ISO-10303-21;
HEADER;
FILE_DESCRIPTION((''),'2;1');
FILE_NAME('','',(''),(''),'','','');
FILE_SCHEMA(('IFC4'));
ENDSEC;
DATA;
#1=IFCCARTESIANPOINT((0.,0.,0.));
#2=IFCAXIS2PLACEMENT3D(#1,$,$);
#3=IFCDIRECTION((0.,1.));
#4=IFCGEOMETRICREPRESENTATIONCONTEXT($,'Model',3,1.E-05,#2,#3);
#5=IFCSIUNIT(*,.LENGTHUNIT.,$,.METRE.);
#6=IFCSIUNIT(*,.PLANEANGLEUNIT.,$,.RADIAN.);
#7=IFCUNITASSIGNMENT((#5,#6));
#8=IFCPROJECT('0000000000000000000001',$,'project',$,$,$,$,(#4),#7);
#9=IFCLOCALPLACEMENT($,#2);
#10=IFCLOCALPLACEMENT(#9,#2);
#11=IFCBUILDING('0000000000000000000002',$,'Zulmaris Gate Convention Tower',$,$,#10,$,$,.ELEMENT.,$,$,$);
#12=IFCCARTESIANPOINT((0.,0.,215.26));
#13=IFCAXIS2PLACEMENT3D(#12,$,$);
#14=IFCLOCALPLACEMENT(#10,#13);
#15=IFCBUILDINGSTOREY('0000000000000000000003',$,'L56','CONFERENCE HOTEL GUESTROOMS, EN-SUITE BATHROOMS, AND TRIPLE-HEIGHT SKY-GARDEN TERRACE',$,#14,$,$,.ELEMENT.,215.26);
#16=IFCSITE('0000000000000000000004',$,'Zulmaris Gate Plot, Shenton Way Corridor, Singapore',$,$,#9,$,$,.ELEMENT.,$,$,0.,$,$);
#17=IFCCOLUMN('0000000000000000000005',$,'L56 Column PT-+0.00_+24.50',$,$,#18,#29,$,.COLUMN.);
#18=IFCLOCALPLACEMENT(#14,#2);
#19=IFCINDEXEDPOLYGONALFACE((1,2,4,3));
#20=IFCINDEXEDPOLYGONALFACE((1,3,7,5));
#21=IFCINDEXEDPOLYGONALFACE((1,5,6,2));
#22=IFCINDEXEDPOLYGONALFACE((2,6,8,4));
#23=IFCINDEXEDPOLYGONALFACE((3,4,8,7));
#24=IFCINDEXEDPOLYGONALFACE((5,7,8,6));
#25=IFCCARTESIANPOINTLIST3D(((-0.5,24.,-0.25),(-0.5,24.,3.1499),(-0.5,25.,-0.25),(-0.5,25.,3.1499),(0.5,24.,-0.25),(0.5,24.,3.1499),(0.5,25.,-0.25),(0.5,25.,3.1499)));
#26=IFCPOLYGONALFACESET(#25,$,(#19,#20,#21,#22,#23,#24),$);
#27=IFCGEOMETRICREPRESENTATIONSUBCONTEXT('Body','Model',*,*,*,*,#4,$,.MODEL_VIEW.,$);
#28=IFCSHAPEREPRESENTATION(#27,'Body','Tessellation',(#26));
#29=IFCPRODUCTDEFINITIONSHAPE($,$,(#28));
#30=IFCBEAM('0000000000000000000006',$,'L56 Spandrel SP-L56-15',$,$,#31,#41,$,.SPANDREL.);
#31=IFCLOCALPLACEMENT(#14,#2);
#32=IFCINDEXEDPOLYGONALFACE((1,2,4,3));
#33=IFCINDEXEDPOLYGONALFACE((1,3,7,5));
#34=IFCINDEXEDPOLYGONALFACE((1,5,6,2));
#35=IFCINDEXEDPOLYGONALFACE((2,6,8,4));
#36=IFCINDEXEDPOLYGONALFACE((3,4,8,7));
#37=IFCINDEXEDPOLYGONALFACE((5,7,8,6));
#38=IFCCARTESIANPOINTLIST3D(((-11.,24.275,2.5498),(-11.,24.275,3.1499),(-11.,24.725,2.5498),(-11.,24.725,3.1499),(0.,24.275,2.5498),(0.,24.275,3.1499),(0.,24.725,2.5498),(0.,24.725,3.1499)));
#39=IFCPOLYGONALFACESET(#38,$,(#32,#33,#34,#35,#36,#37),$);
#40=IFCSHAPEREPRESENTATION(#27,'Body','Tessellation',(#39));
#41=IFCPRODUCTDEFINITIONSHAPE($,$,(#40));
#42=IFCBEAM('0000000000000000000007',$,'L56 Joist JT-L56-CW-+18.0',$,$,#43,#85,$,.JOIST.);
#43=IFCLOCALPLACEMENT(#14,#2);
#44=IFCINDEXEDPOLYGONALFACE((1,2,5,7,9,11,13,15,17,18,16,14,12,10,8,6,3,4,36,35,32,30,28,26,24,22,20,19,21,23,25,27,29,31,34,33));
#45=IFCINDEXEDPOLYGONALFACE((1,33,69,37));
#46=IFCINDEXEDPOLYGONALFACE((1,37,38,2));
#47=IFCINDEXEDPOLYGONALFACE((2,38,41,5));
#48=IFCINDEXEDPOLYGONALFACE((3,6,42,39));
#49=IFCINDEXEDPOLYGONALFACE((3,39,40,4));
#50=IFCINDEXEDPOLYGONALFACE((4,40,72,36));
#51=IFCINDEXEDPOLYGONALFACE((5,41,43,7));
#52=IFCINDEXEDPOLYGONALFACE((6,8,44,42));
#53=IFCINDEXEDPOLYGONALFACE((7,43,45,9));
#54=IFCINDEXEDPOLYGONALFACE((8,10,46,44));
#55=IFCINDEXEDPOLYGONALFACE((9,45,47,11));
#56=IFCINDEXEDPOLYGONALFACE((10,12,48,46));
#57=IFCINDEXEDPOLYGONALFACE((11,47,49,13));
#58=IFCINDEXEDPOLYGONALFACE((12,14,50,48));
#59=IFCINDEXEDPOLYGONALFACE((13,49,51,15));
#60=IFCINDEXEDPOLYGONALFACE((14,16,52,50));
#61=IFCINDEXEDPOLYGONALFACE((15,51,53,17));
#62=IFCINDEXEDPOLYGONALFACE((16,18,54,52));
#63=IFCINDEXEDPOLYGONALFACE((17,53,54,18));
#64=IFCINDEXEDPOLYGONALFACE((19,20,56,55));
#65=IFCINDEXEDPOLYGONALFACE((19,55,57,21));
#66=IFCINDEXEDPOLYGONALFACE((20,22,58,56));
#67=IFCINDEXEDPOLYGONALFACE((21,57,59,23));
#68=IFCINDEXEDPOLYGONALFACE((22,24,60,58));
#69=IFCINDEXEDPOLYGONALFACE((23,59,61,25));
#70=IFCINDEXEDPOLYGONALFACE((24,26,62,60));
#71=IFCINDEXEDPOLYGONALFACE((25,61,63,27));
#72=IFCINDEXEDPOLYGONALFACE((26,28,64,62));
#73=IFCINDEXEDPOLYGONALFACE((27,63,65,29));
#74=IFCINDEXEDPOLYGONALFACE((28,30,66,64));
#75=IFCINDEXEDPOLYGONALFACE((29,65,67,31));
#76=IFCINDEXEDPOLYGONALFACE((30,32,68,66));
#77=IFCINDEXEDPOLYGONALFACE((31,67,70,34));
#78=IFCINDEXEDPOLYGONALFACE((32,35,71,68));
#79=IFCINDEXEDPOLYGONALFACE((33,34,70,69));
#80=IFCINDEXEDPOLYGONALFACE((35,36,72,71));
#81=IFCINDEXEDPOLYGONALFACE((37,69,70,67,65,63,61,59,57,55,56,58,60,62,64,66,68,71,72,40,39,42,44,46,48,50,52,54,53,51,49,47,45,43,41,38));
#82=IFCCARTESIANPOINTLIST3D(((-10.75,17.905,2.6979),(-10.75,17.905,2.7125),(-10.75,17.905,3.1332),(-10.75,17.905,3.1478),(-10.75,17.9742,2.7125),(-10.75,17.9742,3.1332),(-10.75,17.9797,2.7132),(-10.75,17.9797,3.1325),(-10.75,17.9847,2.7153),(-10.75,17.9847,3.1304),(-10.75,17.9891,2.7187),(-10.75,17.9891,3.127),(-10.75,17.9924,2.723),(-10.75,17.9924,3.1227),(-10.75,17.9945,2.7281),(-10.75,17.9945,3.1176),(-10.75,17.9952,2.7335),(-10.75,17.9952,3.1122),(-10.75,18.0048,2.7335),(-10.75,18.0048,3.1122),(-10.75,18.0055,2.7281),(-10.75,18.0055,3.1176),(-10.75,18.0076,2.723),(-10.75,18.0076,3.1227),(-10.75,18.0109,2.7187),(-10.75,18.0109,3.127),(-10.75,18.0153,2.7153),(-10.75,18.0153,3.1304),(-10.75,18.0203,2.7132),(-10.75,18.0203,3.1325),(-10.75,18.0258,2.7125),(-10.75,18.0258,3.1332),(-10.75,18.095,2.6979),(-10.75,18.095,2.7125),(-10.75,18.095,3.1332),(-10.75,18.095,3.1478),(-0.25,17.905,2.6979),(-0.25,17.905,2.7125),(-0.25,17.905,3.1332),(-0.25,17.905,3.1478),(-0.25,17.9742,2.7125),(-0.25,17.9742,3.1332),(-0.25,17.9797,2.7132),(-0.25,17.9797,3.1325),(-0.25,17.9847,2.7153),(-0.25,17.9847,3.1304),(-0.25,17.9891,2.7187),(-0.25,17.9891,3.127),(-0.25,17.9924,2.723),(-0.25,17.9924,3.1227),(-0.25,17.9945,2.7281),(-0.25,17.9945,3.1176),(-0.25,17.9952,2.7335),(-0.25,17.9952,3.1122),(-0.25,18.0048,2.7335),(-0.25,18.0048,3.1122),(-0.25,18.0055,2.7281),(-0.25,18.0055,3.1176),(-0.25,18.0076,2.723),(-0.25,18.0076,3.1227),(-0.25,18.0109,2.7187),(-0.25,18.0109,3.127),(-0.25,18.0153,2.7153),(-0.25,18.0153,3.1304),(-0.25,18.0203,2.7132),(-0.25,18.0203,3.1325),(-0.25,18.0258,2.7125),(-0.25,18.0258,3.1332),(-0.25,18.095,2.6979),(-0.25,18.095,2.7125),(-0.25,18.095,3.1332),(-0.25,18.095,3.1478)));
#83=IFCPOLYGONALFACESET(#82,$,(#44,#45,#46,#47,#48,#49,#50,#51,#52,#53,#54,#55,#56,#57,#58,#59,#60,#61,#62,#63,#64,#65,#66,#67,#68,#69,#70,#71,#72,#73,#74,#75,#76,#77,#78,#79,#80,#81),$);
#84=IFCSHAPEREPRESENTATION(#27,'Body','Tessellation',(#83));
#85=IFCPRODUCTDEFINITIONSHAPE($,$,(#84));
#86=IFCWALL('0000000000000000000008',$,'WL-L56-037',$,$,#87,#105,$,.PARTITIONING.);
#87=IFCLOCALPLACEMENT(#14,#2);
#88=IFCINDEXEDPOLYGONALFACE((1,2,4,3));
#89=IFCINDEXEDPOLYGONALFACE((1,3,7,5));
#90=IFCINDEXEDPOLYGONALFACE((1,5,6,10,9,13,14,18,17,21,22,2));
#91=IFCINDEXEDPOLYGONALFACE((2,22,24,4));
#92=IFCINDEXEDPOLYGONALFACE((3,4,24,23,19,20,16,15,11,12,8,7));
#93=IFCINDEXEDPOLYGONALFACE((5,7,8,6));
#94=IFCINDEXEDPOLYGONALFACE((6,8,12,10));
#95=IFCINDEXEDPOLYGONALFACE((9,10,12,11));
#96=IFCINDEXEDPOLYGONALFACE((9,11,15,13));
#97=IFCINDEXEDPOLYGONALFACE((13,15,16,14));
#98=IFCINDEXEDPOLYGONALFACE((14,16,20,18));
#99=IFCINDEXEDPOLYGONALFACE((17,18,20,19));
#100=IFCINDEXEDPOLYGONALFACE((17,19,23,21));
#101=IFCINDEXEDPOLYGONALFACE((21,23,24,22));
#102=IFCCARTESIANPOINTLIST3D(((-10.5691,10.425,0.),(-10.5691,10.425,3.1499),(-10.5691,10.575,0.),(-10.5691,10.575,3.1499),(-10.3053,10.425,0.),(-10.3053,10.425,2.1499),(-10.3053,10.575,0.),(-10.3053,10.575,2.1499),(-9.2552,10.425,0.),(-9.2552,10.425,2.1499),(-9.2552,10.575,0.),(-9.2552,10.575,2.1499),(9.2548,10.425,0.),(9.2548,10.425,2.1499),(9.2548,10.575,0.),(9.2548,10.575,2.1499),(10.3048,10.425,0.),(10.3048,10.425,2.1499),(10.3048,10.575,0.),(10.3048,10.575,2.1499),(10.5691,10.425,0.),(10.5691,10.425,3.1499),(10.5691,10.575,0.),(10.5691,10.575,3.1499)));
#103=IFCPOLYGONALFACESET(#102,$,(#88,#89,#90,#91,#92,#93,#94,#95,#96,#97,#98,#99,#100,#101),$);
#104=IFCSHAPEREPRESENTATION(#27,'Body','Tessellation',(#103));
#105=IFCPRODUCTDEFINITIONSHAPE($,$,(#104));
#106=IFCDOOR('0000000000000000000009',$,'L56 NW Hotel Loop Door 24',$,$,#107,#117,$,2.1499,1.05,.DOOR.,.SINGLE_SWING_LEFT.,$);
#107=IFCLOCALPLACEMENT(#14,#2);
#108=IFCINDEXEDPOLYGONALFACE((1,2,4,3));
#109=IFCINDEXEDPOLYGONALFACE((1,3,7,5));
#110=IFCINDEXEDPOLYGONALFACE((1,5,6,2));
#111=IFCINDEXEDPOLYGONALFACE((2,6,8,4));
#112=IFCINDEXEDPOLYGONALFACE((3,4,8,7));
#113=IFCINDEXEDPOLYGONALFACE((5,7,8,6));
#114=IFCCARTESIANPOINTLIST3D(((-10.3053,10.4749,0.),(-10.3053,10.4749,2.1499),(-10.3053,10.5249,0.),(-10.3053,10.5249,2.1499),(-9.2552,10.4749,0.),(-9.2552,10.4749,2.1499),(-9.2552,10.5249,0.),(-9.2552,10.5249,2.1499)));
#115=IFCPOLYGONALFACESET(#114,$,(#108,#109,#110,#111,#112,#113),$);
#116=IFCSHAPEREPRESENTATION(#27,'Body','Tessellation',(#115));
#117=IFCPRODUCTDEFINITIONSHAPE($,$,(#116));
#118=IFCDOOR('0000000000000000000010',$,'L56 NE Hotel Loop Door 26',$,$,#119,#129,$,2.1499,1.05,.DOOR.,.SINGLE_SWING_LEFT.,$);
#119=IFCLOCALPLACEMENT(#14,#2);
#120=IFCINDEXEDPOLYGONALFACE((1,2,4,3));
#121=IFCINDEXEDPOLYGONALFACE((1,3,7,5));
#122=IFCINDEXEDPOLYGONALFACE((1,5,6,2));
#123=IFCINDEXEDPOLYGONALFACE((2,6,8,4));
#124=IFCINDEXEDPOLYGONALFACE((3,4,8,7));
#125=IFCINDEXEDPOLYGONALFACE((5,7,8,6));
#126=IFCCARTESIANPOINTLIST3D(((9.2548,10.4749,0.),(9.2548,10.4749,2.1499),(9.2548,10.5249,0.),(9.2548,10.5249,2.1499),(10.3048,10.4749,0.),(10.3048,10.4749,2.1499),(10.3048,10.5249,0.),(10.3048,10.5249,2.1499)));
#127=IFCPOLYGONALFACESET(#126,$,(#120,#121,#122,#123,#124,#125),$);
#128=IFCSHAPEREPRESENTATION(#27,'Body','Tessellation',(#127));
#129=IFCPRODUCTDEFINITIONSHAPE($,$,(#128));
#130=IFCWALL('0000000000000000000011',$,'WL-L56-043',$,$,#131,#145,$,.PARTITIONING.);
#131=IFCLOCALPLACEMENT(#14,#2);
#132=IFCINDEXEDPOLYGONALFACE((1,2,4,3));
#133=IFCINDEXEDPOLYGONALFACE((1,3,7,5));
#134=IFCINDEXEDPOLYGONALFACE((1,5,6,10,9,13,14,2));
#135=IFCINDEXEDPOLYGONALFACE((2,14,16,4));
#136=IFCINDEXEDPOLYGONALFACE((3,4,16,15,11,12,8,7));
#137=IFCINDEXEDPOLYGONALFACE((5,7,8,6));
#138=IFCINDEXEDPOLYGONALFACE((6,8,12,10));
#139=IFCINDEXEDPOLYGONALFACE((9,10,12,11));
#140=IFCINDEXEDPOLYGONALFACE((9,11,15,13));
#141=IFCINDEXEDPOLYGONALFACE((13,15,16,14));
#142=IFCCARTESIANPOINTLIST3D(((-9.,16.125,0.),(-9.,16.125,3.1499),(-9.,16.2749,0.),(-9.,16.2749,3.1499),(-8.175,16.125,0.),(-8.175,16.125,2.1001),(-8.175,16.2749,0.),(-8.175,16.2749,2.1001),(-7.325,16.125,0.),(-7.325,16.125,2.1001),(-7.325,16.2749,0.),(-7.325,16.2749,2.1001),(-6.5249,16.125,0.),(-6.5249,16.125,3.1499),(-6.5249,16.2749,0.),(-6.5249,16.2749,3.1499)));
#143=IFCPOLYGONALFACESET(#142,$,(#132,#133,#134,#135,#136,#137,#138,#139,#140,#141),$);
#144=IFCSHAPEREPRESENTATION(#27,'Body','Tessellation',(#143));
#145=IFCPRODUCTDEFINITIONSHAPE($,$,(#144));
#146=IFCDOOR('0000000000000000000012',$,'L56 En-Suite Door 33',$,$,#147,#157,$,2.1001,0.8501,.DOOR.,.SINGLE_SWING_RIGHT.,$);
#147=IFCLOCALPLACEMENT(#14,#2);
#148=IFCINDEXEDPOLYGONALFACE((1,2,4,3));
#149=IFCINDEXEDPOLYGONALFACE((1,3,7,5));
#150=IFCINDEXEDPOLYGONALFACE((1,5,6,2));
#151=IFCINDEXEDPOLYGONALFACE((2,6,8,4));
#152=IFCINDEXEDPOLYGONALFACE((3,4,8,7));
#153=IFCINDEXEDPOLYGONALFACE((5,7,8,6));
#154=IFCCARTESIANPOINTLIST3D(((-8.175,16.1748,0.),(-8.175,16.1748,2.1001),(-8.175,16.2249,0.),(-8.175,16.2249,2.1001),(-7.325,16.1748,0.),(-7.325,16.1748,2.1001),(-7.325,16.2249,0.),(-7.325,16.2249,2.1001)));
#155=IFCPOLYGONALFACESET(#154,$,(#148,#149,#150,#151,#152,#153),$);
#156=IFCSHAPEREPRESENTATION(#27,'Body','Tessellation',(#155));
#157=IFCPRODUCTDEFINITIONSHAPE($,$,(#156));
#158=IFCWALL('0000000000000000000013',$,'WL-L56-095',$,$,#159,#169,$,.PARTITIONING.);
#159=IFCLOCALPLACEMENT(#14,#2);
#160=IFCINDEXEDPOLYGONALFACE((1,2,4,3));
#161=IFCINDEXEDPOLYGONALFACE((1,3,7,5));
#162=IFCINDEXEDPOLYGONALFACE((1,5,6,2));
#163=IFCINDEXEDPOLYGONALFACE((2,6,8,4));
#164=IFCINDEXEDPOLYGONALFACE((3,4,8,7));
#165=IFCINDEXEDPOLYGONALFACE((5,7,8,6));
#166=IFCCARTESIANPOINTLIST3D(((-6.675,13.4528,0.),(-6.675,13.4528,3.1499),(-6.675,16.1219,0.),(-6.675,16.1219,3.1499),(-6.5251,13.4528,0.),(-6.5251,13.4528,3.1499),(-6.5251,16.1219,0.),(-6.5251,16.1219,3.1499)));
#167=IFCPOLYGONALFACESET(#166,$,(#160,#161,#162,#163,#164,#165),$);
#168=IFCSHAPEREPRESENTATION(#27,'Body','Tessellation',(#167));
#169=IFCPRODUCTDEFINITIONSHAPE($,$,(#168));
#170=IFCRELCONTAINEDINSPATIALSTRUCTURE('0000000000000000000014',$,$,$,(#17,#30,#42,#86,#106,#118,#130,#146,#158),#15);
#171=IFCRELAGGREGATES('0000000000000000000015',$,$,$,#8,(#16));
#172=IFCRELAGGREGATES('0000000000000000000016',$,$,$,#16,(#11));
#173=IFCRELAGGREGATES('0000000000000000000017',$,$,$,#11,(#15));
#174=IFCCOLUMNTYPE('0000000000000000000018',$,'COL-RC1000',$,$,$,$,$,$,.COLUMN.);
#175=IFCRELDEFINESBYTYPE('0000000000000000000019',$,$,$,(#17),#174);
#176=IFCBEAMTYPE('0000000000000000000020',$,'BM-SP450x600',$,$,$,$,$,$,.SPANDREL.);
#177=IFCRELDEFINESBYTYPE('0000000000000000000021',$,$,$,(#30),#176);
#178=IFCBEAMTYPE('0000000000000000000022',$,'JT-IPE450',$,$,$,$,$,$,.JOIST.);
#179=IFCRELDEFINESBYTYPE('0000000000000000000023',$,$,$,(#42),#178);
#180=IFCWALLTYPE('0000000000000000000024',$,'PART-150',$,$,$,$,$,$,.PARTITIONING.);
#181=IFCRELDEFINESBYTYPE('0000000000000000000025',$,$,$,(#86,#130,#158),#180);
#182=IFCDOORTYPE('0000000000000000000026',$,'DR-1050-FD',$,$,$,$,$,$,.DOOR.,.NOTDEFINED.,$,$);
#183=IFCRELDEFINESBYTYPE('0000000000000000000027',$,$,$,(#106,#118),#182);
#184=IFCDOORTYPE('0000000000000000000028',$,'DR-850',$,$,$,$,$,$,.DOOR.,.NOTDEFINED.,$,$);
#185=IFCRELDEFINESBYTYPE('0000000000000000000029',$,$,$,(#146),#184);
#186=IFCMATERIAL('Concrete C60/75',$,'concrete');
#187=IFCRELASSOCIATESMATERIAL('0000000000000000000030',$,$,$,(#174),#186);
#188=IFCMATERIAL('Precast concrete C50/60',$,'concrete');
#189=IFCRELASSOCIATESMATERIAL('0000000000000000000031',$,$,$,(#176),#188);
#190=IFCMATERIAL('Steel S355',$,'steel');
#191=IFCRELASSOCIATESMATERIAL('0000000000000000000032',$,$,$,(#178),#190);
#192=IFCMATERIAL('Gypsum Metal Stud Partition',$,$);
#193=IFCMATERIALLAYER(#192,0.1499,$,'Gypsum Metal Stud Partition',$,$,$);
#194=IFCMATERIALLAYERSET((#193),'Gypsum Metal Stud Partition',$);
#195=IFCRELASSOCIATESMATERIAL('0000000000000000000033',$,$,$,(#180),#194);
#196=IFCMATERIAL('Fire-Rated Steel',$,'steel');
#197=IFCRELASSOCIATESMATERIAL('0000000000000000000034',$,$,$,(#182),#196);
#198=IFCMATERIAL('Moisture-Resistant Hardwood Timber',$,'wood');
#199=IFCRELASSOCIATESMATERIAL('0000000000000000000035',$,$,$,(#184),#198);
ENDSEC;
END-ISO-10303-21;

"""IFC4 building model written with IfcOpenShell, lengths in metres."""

from ifc_helpers import new_model, si_unit, direction, frame, frame_2d, origin, origin_2d, place, context, subcontext, project, spatial, rectangle, i_section, extrude, material, layer, layer_set, material_profile, profile_set, type_object, element, fill, save


model = new_model("IFC4")

# Units and contexts
model_context = context("Model", 3, precision=1e-05, world=origin(), true_north=direction((0.0, 1.0)))
body_context = subcontext(model_context, "Body", "Model", "MODEL_VIEW")
ifc_project = project(units=[si_unit("LENGTHUNIT", "METRE"), si_unit("PLANEANGLEUNIT", "RADIAN")], contexts=[model_context])

# Site, building, storey
site_placement = place(None, origin())
site = spatial("IfcSite", under=ifc_project, at=site_placement, Name="Zulmaris Gate Plot, Shenton Way Corridor, Singapore", CompositionType="ELEMENT", RefElevation=0.0)
building_placement = place(site_placement, origin())
building = spatial("IfcBuilding", under=site, at=building_placement, Name="Zulmaris Gate Convention Tower", CompositionType="ELEMENT")
storey_placement = place(building_placement, frame((0.0, 0.0, 215.26)))
storey = spatial("IfcBuildingStorey", under=building, at=storey_placement, Name="L56", Description="CONFERENCE HOTEL GUESTROOMS, EN-SUITE BATHROOMS, AND TRIPLE-HEIGHT SKY-GARDEN TERRACE", CompositionType="ELEMENT", Elevation=215.26)

# Column
ifc_material_1 = material(Name="Concrete C60/75", Category="concrete")
ifc_material_profile_1 = material_profile(ifc_material_1, rectangle(XDim=1.0, YDim=1.0, at=origin_2d()), Name="RC COL 1000x1000")
ifc_profile_set_1 = profile_set([ifc_material_profile_1], Name="Concrete C60/75")
column_type = type_object("IfcColumnType", Name="COL-RC1000", PredefinedType="COLUMN", material=ifc_profile_set_1)
column_placement = place(storey_placement, frame((0.0, 24.5, -0.25), z_axis=(0.0, 0.0, 1.0), x_axis=(1.0, 0.0, 0.0)))
element("IfcColumn", 1, at=column_placement, inside=storey, type_object=column_type, Name="L56 Column PT-+0.00_+24.50", PredefinedType="COLUMN", context=body_context, shape_type="SweptSolid", body=[
    extrude(rectangle(XDim=1.0, YDim=1.0, at=origin_2d()), origin(), (0.0, 0.0, 1.0), 3.3999),
])

# Beams
ifc_material_2 = material(Name="Precast concrete C50/60", Category="concrete")
ifc_material_profile_2 = material_profile(ifc_material_2, rectangle(XDim=0.45, YDim=0.6001, at=origin_2d()), Name="RC SPANDREL 450x600")
ifc_profile_set_2 = profile_set([ifc_material_profile_2], Name="Precast concrete C50/60")
beam_type_1 = type_object("IfcBeamType", Name="BM-SP450x600", PredefinedType="SPANDREL", material=ifc_profile_set_2)
beam_1_placement = place(storey_placement, frame((0.0, 24.5, 2.8499), z_axis=(-1.0, 0.0, 0.0), x_axis=(0.0, -1.0, 0.0)))
element("IfcBeam", 2, at=beam_1_placement, inside=storey, type_object=beam_type_1, Name="L56 Spandrel SP-L56-15", PredefinedType="SPANDREL", context=body_context, shape_type="SweptSolid", body=[
    extrude(rectangle(XDim=0.45, YDim=0.6001, at=origin_2d()), origin(), (0.0, 0.0, 1.0), 11.0),
])
ifc_material_3 = material(Name="Steel S355", Category="steel")
ifc_material_profile_3 = material_profile(ifc_material_3, i_section(OverallWidth=0.1899, OverallDepth=0.45, WebThickness=0.0095, FlangeThickness=0.0146, FilletRadius=0.021, at=origin_2d()), Name="IPE 450")
ifc_profile_set_3 = profile_set([ifc_material_profile_3], Name="Steel S355")
beam_type_2 = type_object("IfcBeamType", Name="JT-IPE450", PredefinedType="JOIST", material=ifc_profile_set_3)
beam_2_placement = place(storey_placement, frame((-10.75, 18.0, 2.9229), z_axis=(1.0, 0.0, 0.0), x_axis=(0.0, 1.0, 0.0)))
element("IfcBeam", 3, at=beam_2_placement, inside=storey, type_object=beam_type_2, Name="L56 Joist JT-L56-CW-+18.0", PredefinedType="JOIST", context=body_context, shape_type="SweptSolid", body=[
    extrude(i_section(OverallWidth=0.1899, OverallDepth=0.45, WebThickness=0.0095, FlangeThickness=0.0146, FilletRadius=0.021, at=origin_2d()), origin(), (0.0, 0.0, 1.0), 10.5),
])

# Wall, openings, doors
ifc_material_4 = material(Name="Gypsum Metal Stud Partition")
ifc_layer_1 = layer(ifc_material_4, 0.1499, Name="Gypsum Metal Stud Partition")
ifc_layer_set_1 = layer_set([ifc_layer_1], Name="Gypsum Metal Stud Partition")
wall_type_1 = type_object("IfcWallType", Name="PART-150", PredefinedType="PARTITIONING", material=ifc_layer_set_1)
wall_1_placement = place(storey_placement, frame((-10.5691, 10.5, 0.0), z_axis=(0.0, 0.0, 1.0), x_axis=(1.0, 0.0, 0.0)))
wall_1 = element("IfcWall", 4, at=wall_1_placement, inside=storey, type_object=wall_type_1, Name="WL-L56-037", PredefinedType="PARTITIONING", context=body_context, shape_type="SweptSolid", body=[
    extrude(rectangle(XDim=21.1382, YDim=0.1499, at=frame_2d((10.5691, 0.0))), origin(), (0.0, 0.0, 1.0), 3.1499),
])
opening_1_placement = place(wall_1_placement, frame((0.2639, 0.0, 0.0)))
opening_1 = element("IfcOpeningElement", 5, at=opening_1_placement, cuts=wall_1, PredefinedType="OPENING", context=body_context, shape_type="SweptSolid", body=[
    extrude(rectangle(XDim=1.05, YDim=2.1499, at=frame_2d((0.5249, 1.075))), frame((0.0, 0.085, 0.0), z_axis=(0.0, -1.0, 0.0), x_axis=(1.0, 0.0, 0.0)), (0.0, 0.0, 1.0), 0.1699),
])
opening_2_placement = place(wall_1_placement, frame((19.824, 0.0, 0.0)))
opening_2 = element("IfcOpeningElement", 6, at=opening_2_placement, cuts=wall_1, PredefinedType="OPENING", context=body_context, shape_type="SweptSolid", body=[
    extrude(rectangle(XDim=1.05, YDim=2.1499, at=frame_2d((0.5249, 1.075))), frame((0.0, 0.085, 0.0), z_axis=(0.0, -1.0, 0.0), x_axis=(1.0, 0.0, 0.0)), (0.0, 0.0, 1.0), 0.1699),
])
ifc_material_5 = material(Name="Fire-Rated Steel", Category="steel")
door_type_1 = type_object("IfcDoorType", Name="DR-1050-FD", OperationType="NOTDEFINED", PredefinedType="DOOR", material=ifc_material_5)
door_1_placement = place(opening_1_placement, origin())
door_1 = element("IfcDoor", 7, at=door_1_placement, inside=storey, type_object=door_type_1, Name="L56 NW Hotel Loop Door 24", OperationType="SINGLE_SWING_LEFT", OverallHeight=2.1499, OverallWidth=1.05, PredefinedType="DOOR", context=body_context, shape_type="SweptSolid", body=[
    extrude(rectangle(XDim=1.05, YDim=2.1499, at=frame_2d((0.5249, 1.075))), frame((0.0, 0.0249, 0.0), z_axis=(0.0, -1.0, 0.0), x_axis=(1.0, 0.0, 0.0)), (0.0, 0.0, 1.0), 0.05),
])
fill(opening_1, door_1)
door_2_placement = place(opening_2_placement, origin())
door_2 = element("IfcDoor", 8, at=door_2_placement, inside=storey, type_object=door_type_1, Name="L56 NE Hotel Loop Door 26", OperationType="SINGLE_SWING_LEFT", OverallHeight=2.1499, OverallWidth=1.05, PredefinedType="DOOR", context=body_context, shape_type="SweptSolid", body=[
    extrude(rectangle(XDim=1.05, YDim=2.1499, at=frame_2d((0.5249, 1.075))), frame((0.0, 0.0249, 0.0), z_axis=(0.0, -1.0, 0.0), x_axis=(1.0, 0.0, 0.0)), (0.0, 0.0, 1.0), 0.05),
])
fill(opening_2, door_2)

# Wall, opening, door
wall_2_placement = place(storey_placement, frame((-9.0, 16.2, 0.0), z_axis=(0.0, 0.0, 1.0), x_axis=(1.0, 0.0, 0.0)))
wall_2 = element("IfcWall", 9, at=wall_2_placement, inside=storey, type_object=wall_type_1, Name="WL-L56-043", PredefinedType="PARTITIONING", context=body_context, shape_type="SweptSolid", body=[
    extrude(rectangle(XDim=2.4751, YDim=0.1499, at=frame_2d((1.2375, 0.0))), origin(), (0.0, 0.0, 1.0), 3.1499),
])
opening_3_placement = place(wall_2_placement, frame((0.825, 0.0, 0.0)))
opening_3 = element("IfcOpeningElement", 10, at=opening_3_placement, cuts=wall_2, PredefinedType="OPENING", context=body_context, shape_type="SweptSolid", body=[
    extrude(rectangle(XDim=0.8501, YDim=2.1001, at=frame_2d((0.425, 1.05))), frame((0.0, 0.085, 0.0), z_axis=(0.0, -1.0, 0.0), x_axis=(1.0, 0.0, 0.0)), (0.0, 0.0, 1.0), 0.1699),
])
ifc_material_6 = material(Name="Moisture-Resistant Hardwood Timber", Category="wood")
door_type_2 = type_object("IfcDoorType", Name="DR-850", OperationType="NOTDEFINED", PredefinedType="DOOR", material=ifc_material_6)
door_3_placement = place(opening_3_placement, origin())
door_3 = element("IfcDoor", 11, at=door_3_placement, inside=storey, type_object=door_type_2, Name="L56 En-Suite Door 33", OperationType="SINGLE_SWING_RIGHT", OverallHeight=2.1001, OverallWidth=0.8501, PredefinedType="DOOR", context=body_context, shape_type="SweptSolid", body=[
    extrude(rectangle(XDim=0.8501, YDim=2.1001, at=frame_2d((0.425, 1.05))), frame((0.0, 0.0249, 0.0), z_axis=(0.0, -1.0, 0.0), x_axis=(1.0, 0.0, 0.0)), (0.0, 0.0, 1.0), 0.05),
])
fill(opening_3, door_3)

# Wall
wall_3_placement = place(storey_placement, frame((-6.6001, 13.4529, 0.0), z_axis=(0.0, 0.0, 1.0), x_axis=(0.0, 1.0, 0.0)))
element("IfcWall", 12, at=wall_3_placement, inside=storey, type_object=wall_type_1, Name="WL-L56-095", PredefinedType="PARTITIONING", context=body_context, shape_type="SweptSolid", body=[
    extrude(rectangle(XDim=2.6692, YDim=0.1499, at=frame_2d((1.3345, 0.0))), origin(), (0.0, 0.0, 1.0), 3.1499),
])

save(model, "model.ifc")
